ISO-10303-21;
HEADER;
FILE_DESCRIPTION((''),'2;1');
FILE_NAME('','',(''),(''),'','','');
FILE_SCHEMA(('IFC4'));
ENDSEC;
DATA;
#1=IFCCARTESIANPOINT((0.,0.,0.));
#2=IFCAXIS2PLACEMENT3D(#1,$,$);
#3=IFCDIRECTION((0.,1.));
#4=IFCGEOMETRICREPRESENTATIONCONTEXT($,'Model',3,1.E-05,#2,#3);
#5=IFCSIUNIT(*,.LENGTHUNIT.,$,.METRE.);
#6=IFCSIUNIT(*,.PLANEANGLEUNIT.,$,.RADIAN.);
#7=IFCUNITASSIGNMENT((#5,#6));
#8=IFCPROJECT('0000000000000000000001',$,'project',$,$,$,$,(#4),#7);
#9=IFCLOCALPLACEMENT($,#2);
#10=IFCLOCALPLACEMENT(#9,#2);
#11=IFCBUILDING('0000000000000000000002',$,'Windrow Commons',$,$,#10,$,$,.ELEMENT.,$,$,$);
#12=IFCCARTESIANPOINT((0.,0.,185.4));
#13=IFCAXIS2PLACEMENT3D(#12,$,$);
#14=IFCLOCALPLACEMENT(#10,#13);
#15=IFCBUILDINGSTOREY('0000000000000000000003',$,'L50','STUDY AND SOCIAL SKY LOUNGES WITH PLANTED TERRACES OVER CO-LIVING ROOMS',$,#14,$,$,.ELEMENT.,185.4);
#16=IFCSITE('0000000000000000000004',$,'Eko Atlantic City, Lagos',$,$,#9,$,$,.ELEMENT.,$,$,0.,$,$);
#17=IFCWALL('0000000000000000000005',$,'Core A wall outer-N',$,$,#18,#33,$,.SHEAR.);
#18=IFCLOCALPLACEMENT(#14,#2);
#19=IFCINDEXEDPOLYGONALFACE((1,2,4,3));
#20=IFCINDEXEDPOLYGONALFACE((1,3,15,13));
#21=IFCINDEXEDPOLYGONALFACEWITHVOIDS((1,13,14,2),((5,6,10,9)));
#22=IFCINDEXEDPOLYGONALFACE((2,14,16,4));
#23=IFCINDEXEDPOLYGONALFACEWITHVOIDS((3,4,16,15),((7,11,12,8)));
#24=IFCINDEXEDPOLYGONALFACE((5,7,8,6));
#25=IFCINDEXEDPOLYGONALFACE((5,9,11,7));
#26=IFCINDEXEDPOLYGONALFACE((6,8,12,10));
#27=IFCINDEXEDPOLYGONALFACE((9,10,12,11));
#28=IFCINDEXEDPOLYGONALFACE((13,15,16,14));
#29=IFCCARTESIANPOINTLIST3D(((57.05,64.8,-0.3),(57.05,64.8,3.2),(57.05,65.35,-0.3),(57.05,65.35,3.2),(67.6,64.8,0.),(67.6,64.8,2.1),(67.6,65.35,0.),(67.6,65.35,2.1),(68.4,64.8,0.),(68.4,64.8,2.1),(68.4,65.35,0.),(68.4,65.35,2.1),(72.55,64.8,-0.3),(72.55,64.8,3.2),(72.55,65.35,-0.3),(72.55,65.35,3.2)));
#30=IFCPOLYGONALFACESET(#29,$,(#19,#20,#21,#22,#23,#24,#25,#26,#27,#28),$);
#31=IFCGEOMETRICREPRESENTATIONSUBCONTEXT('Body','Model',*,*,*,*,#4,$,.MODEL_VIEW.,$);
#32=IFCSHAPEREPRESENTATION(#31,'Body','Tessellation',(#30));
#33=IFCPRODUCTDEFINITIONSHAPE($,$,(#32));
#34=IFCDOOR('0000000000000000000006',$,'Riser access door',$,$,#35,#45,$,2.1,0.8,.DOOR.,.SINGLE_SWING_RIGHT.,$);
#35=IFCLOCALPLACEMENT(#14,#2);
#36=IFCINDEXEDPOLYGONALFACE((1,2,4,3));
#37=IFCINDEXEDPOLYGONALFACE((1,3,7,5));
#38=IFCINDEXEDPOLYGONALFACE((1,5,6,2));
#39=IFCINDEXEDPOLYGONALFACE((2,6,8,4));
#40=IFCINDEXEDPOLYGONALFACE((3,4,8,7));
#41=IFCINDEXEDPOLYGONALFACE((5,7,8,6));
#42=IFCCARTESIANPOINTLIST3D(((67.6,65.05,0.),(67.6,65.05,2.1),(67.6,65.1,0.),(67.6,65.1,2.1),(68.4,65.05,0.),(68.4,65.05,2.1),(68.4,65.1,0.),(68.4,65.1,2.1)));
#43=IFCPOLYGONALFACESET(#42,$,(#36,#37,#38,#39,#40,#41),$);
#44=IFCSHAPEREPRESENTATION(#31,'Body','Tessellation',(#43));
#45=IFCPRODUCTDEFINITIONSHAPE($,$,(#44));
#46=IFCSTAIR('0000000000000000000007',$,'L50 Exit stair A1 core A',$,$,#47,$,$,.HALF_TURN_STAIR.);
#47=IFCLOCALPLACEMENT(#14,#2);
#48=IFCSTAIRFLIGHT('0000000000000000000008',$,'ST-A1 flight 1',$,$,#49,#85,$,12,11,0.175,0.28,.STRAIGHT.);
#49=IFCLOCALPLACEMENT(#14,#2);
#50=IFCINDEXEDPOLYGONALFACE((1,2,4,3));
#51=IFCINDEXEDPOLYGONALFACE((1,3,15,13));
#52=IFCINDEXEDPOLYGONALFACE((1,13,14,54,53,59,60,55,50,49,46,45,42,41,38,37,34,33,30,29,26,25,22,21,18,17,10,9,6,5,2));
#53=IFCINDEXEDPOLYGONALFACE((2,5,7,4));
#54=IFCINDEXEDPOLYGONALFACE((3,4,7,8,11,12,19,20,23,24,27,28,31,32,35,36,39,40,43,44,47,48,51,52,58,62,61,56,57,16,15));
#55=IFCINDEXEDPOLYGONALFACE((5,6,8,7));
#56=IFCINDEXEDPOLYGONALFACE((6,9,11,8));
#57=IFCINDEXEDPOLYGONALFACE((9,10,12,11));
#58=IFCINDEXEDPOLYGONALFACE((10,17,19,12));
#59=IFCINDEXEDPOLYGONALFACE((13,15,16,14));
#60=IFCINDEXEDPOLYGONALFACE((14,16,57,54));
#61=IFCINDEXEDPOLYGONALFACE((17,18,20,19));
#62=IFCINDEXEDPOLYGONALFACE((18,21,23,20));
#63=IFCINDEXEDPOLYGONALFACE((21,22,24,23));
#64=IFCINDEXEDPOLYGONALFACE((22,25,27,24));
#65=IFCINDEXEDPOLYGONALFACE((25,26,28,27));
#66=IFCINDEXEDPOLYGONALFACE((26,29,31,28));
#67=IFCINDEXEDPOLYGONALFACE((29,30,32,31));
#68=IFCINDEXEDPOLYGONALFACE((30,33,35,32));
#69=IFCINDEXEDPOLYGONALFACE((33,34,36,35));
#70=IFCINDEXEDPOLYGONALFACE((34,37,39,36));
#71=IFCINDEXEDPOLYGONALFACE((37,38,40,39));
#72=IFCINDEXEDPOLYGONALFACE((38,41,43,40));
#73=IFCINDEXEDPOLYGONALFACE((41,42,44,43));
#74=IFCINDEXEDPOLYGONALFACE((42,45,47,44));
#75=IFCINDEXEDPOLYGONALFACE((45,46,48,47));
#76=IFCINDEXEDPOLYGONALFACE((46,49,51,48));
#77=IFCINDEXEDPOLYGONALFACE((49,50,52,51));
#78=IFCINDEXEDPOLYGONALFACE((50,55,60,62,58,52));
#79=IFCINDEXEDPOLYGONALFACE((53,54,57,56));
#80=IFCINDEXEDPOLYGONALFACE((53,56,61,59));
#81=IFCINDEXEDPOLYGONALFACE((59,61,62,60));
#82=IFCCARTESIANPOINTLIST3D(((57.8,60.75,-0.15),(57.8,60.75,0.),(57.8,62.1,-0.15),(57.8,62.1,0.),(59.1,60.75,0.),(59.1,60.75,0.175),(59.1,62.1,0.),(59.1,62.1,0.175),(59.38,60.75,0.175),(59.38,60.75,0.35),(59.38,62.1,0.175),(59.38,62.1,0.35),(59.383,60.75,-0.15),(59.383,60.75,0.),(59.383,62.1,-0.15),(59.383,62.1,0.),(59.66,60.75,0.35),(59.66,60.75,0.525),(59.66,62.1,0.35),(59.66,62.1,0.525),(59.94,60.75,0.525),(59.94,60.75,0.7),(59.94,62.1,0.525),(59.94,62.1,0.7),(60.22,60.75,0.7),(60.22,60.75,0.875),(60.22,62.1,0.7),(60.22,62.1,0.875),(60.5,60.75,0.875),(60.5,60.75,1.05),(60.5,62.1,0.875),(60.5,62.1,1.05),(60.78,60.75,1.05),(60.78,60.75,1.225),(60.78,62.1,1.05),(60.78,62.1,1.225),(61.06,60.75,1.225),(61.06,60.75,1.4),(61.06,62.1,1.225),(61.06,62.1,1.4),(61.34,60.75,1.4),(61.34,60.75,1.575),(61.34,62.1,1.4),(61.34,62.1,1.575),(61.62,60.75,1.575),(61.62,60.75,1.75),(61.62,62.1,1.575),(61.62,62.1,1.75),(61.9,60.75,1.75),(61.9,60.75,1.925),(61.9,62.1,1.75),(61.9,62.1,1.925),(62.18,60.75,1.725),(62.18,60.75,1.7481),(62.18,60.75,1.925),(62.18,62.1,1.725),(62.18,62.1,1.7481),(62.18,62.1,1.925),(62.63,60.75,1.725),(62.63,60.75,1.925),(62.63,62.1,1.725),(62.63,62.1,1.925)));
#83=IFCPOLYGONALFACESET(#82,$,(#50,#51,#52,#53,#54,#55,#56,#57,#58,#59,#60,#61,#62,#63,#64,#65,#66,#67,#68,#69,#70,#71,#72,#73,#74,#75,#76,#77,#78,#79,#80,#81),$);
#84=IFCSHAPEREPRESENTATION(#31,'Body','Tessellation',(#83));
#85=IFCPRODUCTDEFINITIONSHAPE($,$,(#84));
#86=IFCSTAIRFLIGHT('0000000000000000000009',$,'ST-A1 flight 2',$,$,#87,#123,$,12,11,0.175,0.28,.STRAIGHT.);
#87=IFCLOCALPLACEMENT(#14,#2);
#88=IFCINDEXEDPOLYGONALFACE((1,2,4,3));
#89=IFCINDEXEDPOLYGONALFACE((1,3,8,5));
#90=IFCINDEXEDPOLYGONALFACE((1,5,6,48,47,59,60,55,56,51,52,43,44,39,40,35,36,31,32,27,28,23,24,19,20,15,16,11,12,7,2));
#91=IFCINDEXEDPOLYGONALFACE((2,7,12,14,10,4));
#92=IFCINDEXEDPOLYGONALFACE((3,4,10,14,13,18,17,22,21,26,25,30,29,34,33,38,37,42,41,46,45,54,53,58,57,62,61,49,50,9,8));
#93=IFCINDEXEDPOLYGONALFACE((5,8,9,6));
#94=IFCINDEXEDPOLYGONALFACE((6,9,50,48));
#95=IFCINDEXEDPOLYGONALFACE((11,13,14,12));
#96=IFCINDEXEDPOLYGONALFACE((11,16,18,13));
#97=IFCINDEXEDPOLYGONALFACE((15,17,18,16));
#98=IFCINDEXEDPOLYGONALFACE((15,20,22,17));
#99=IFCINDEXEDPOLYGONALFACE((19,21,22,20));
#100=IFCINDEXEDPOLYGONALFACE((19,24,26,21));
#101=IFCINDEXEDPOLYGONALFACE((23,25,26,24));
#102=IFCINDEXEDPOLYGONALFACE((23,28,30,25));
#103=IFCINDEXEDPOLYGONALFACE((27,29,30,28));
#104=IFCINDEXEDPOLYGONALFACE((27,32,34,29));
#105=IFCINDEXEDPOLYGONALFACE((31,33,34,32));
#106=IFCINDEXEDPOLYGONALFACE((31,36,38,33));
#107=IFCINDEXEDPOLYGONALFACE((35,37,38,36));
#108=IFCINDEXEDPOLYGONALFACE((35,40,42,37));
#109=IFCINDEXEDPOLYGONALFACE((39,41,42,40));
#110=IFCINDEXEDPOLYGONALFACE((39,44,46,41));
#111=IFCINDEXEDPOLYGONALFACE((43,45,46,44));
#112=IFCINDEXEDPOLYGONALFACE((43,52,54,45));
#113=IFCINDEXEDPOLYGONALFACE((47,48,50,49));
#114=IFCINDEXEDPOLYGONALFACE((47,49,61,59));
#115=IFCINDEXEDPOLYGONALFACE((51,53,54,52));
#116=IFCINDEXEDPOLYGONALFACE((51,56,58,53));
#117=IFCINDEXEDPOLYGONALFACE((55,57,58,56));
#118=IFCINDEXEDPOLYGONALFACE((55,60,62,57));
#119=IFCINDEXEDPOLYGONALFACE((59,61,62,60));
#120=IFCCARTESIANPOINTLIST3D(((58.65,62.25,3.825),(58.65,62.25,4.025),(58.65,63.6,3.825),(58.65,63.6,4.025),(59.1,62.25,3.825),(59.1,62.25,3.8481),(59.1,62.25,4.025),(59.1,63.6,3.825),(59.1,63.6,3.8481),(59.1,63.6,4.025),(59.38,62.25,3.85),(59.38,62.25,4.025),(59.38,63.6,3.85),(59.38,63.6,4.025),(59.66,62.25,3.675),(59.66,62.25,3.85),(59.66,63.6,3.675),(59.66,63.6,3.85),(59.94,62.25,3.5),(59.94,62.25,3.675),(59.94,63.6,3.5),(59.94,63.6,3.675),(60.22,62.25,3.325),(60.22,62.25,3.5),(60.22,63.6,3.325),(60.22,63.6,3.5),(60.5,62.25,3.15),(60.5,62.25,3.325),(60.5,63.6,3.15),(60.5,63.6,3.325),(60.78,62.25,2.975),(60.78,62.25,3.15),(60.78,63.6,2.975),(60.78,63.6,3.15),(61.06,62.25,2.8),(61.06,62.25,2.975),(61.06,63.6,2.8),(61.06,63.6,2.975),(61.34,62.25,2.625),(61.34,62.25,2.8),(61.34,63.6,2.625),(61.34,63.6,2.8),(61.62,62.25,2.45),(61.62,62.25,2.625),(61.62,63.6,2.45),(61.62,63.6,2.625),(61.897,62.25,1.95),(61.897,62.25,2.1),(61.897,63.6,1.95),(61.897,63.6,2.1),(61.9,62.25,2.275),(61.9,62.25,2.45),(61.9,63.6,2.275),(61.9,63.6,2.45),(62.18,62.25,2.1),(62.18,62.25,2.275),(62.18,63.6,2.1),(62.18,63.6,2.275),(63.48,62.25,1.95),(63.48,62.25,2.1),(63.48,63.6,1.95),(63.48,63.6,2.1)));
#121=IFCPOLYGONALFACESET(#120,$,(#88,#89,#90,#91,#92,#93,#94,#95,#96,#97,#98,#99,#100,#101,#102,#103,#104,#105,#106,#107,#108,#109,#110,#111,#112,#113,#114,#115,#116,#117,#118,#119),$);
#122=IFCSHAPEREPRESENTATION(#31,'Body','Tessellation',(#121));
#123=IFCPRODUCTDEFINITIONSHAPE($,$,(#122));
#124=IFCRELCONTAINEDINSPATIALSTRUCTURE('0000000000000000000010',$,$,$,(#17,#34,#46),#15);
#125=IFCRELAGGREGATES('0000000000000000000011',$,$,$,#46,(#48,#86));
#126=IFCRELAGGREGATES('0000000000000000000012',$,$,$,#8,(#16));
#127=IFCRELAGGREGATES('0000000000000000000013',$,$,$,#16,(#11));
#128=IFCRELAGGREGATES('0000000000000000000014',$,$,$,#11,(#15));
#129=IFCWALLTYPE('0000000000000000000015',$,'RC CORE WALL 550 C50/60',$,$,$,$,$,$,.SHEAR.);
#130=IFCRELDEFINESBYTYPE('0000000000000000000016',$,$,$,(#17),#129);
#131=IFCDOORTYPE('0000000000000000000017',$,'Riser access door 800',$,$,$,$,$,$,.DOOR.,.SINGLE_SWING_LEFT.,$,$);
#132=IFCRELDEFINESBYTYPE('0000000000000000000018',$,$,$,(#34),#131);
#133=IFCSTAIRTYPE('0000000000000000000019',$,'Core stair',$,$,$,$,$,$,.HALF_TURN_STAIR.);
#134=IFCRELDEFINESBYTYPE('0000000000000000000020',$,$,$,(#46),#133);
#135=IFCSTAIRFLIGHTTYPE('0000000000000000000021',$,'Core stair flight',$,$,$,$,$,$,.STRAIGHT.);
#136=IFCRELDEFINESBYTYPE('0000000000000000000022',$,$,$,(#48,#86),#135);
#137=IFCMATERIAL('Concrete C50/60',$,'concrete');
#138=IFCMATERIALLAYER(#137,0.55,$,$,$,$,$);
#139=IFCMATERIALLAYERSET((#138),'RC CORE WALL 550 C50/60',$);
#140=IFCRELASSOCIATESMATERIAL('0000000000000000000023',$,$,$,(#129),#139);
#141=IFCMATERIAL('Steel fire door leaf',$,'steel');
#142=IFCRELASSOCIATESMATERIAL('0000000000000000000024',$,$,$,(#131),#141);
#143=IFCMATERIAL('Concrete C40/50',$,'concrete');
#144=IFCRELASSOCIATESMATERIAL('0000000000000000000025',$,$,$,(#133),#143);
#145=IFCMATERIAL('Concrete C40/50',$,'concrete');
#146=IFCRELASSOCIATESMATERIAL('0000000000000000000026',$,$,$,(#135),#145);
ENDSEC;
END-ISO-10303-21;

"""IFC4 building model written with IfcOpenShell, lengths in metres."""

from ifc_helpers import new_model, si_unit, direction, frame, frame_2d, origin, place, context, subcontext, project, spatial, polyline, rectangle, outline, extrude, material, layer, layer_set, type_object, element, fill, aggregate, save


model = new_model("IFC4")

# Units and contexts
model_context = context("Model", 3, precision=1e-05, world=origin(), true_north=direction((0.0, 1.0)))
body_context = subcontext(model_context, "Body", "Model", "MODEL_VIEW")
ifc_project = project(units=[si_unit("LENGTHUNIT", "METRE"), si_unit("PLANEANGLEUNIT", "RADIAN")], contexts=[model_context])

# Site, building, storey
site_placement = place(None, origin())
site = spatial("IfcSite", under=ifc_project, at=site_placement, Name="Eko Atlantic City, Lagos", CompositionType="ELEMENT", RefElevation=0.0)
building_placement = place(site_placement, origin())
building = spatial("IfcBuilding", under=site, at=building_placement, Name="Windrow Commons", CompositionType="ELEMENT")
storey_placement = place(building_placement, frame((0.0, 0.0, 185.4)))
storey = spatial("IfcBuildingStorey", under=building, at=storey_placement, Name="L50", Description="STUDY AND SOCIAL SKY LOUNGES WITH PLANTED TERRACES OVER CO-LIVING ROOMS", CompositionType="ELEMENT", Elevation=185.4)

# Shared definitions
placement = place(storey_placement, origin())

# Wall, opening, door
ifc_material_1 = material(Name="Concrete C50/60", Category="concrete")
ifc_layer_1 = layer(ifc_material_1, 0.55)
ifc_layer_set_1 = layer_set([ifc_layer_1], Name="RC CORE WALL 550 C50/60")
wall_type_1 = type_object("IfcWallType", Name="RC CORE WALL 550 C50/60", PredefinedType="SHEAR", material=ifc_layer_set_1)
wall_1_placement = place(storey_placement, frame((57.05, 65.075, -0.3), z_axis=(0.0, 0.0, 1.0), x_axis=(1.0, 0.0, 0.0)))
wall_1 = element("IfcWall", 1, at=wall_1_placement, inside=storey, type_object=wall_type_1, Name="Core A wall outer-N", PredefinedType="SHEAR", context=body_context, shape_type="SweptSolid", body=[
    extrude(rectangle(XDim=15.5, YDim=0.55, at=frame_2d((7.75, 0.0))), origin(), (0.0, 0.0, 1.0), 3.5),
])
opening_1_placement = place(wall_1_placement, frame((10.55, 0.0, 0.3)))
opening_1 = element("IfcOpeningElement", 2, at=opening_1_placement, cuts=wall_1, PredefinedType="OPENING", context=body_context, shape_type="SweptSolid", body=[
    extrude(rectangle(XDim=0.8, YDim=2.1, at=frame_2d((0.4, 1.05))), frame((0.0, 0.285, 0.0), z_axis=(0.0, -1.0, 0.0), x_axis=(1.0, 0.0, 0.0)), (0.0, 0.0, 1.0), 0.57),
])
ifc_material_2 = material(Name="Steel fire door leaf", Category="steel")
door_type_1 = type_object("IfcDoorType", Name="Riser access door 800", OperationType="SINGLE_SWING_LEFT", PredefinedType="DOOR", material=ifc_material_2)
door_1_placement = place(opening_1_placement, origin())
door_1 = element("IfcDoor", 3, at=door_1_placement, inside=storey, type_object=door_type_1, Name="Riser access door", OperationType="SINGLE_SWING_RIGHT", OverallHeight=2.1, OverallWidth=0.8, PredefinedType="DOOR", context=body_context, shape_type="SweptSolid", body=[
    extrude(rectangle(XDim=0.8, YDim=2.1, at=frame_2d((0.4, 1.05))), frame((0.0, 0.025, 0.0), z_axis=(0.0, -1.0, 0.0), x_axis=(1.0, 0.0, 0.0)), (0.0, 0.0, 1.0), 0.05),
])
fill(opening_1, door_1)

# Stair, stair flights
ifc_material_3 = material(Name="Concrete C40/50", Category="concrete")
stair_type = type_object("IfcStairType", Name="Core stair", PredefinedType="HALF_TURN_STAIR", material=ifc_material_3)
stair = element("IfcStair", 4, at=placement, inside=storey, type_object=stair_type, Name="L50 Exit stair A1 core A", PredefinedType="HALF_TURN_STAIR")
ifc_material_4 = material(Name="Concrete C40/50", Category="concrete")
stair_flight_type = type_object("IfcStairFlightType", Name="Core stair flight", PredefinedType="STRAIGHT", material=ifc_material_4)
stair_flight_1_placement = place(storey_placement, frame((59.1, 61.425, 0.0), z_axis=(0.0, 0.0, 1.0), x_axis=(1.0, 0.0, 0.0)))
stair_flight_1 = element("IfcStairFlight", 5, at=stair_flight_1_placement, type_object=stair_flight_type, Name="ST-A1 flight 1", NumberOfRisers=12, NumberOfTreads=11, PredefinedType="STRAIGHT", RiserHeight=0.175, TreadLength=0.28, context=body_context, shape_type="SweptSolid", body=[
    extrude(outline(polyline([(-1.3, -0.15), (-1.3, 0.0), (0.0, 0.0), (0.0, 0.175), (0.28, 0.175), (0.28, 0.35), (0.56, 0.35), (0.56, 0.525), (0.84, 0.525), (0.84, 0.7), (1.12, 0.7), (1.12, 0.875), (1.4, 0.875), (1.4, 1.05), (1.68, 1.05), (1.68, 1.225), (1.96, 1.225), (1.96, 1.4), (2.24, 1.4), (2.24, 1.575), (2.52, 1.575), (2.52, 1.75), (2.8, 1.75), (2.8, 1.925), (3.08, 1.925), (3.53, 1.925), (3.53, 1.725), (3.08, 1.725), (3.08, 1.7481), (0.283, 0.0), (0.283, -0.15), (-1.3, -0.15)])), frame((0.0, 0.675, 0.0), z_axis=(0.0, -1.0, 0.0), x_axis=(1.0, 0.0, 0.0)), (0.0, 0.0, 1.0), 1.35),
])
stair_flight_2_placement = place(storey_placement, frame((62.18, 62.925, 2.1), z_axis=(0.0, 0.0, 1.0), x_axis=(-1.0, 0.0, 0.0)))
stair_flight_2 = element("IfcStairFlight", 6, at=stair_flight_2_placement, type_object=stair_flight_type, Name="ST-A1 flight 2", NumberOfRisers=12, NumberOfTreads=11, PredefinedType="STRAIGHT", RiserHeight=0.175, TreadLength=0.28, context=body_context, shape_type="SweptSolid", body=[
    extrude(outline(polyline([(-1.3, -0.15), (-1.3, 0.0), (0.0, 0.0), (0.0, 0.175), (0.28, 0.175), (0.28, 0.35), (0.56, 0.35), (0.56, 0.525), (0.84, 0.525), (0.84, 0.7), (1.12, 0.7), (1.12, 0.875), (1.4, 0.875), (1.4, 1.05), (1.68, 1.05), (1.68, 1.225), (1.96, 1.225), (1.96, 1.4), (2.24, 1.4), (2.24, 1.575), (2.52, 1.575), (2.52, 1.75), (2.8, 1.75), (2.8, 1.925), (3.08, 1.925), (3.53, 1.925), (3.53, 1.725), (3.08, 1.725), (3.08, 1.7481), (0.283, 0.0), (0.283, -0.15), (-1.3, -0.15)])), frame((0.0, 0.675, 0.0), z_axis=(0.0, -1.0, 0.0), x_axis=(1.0, 0.0, 0.0)), (0.0, 0.0, 1.0), 1.35),
])
aggregate(stair, [stair_flight_1, stair_flight_2])

save(model, "model.ifc")
